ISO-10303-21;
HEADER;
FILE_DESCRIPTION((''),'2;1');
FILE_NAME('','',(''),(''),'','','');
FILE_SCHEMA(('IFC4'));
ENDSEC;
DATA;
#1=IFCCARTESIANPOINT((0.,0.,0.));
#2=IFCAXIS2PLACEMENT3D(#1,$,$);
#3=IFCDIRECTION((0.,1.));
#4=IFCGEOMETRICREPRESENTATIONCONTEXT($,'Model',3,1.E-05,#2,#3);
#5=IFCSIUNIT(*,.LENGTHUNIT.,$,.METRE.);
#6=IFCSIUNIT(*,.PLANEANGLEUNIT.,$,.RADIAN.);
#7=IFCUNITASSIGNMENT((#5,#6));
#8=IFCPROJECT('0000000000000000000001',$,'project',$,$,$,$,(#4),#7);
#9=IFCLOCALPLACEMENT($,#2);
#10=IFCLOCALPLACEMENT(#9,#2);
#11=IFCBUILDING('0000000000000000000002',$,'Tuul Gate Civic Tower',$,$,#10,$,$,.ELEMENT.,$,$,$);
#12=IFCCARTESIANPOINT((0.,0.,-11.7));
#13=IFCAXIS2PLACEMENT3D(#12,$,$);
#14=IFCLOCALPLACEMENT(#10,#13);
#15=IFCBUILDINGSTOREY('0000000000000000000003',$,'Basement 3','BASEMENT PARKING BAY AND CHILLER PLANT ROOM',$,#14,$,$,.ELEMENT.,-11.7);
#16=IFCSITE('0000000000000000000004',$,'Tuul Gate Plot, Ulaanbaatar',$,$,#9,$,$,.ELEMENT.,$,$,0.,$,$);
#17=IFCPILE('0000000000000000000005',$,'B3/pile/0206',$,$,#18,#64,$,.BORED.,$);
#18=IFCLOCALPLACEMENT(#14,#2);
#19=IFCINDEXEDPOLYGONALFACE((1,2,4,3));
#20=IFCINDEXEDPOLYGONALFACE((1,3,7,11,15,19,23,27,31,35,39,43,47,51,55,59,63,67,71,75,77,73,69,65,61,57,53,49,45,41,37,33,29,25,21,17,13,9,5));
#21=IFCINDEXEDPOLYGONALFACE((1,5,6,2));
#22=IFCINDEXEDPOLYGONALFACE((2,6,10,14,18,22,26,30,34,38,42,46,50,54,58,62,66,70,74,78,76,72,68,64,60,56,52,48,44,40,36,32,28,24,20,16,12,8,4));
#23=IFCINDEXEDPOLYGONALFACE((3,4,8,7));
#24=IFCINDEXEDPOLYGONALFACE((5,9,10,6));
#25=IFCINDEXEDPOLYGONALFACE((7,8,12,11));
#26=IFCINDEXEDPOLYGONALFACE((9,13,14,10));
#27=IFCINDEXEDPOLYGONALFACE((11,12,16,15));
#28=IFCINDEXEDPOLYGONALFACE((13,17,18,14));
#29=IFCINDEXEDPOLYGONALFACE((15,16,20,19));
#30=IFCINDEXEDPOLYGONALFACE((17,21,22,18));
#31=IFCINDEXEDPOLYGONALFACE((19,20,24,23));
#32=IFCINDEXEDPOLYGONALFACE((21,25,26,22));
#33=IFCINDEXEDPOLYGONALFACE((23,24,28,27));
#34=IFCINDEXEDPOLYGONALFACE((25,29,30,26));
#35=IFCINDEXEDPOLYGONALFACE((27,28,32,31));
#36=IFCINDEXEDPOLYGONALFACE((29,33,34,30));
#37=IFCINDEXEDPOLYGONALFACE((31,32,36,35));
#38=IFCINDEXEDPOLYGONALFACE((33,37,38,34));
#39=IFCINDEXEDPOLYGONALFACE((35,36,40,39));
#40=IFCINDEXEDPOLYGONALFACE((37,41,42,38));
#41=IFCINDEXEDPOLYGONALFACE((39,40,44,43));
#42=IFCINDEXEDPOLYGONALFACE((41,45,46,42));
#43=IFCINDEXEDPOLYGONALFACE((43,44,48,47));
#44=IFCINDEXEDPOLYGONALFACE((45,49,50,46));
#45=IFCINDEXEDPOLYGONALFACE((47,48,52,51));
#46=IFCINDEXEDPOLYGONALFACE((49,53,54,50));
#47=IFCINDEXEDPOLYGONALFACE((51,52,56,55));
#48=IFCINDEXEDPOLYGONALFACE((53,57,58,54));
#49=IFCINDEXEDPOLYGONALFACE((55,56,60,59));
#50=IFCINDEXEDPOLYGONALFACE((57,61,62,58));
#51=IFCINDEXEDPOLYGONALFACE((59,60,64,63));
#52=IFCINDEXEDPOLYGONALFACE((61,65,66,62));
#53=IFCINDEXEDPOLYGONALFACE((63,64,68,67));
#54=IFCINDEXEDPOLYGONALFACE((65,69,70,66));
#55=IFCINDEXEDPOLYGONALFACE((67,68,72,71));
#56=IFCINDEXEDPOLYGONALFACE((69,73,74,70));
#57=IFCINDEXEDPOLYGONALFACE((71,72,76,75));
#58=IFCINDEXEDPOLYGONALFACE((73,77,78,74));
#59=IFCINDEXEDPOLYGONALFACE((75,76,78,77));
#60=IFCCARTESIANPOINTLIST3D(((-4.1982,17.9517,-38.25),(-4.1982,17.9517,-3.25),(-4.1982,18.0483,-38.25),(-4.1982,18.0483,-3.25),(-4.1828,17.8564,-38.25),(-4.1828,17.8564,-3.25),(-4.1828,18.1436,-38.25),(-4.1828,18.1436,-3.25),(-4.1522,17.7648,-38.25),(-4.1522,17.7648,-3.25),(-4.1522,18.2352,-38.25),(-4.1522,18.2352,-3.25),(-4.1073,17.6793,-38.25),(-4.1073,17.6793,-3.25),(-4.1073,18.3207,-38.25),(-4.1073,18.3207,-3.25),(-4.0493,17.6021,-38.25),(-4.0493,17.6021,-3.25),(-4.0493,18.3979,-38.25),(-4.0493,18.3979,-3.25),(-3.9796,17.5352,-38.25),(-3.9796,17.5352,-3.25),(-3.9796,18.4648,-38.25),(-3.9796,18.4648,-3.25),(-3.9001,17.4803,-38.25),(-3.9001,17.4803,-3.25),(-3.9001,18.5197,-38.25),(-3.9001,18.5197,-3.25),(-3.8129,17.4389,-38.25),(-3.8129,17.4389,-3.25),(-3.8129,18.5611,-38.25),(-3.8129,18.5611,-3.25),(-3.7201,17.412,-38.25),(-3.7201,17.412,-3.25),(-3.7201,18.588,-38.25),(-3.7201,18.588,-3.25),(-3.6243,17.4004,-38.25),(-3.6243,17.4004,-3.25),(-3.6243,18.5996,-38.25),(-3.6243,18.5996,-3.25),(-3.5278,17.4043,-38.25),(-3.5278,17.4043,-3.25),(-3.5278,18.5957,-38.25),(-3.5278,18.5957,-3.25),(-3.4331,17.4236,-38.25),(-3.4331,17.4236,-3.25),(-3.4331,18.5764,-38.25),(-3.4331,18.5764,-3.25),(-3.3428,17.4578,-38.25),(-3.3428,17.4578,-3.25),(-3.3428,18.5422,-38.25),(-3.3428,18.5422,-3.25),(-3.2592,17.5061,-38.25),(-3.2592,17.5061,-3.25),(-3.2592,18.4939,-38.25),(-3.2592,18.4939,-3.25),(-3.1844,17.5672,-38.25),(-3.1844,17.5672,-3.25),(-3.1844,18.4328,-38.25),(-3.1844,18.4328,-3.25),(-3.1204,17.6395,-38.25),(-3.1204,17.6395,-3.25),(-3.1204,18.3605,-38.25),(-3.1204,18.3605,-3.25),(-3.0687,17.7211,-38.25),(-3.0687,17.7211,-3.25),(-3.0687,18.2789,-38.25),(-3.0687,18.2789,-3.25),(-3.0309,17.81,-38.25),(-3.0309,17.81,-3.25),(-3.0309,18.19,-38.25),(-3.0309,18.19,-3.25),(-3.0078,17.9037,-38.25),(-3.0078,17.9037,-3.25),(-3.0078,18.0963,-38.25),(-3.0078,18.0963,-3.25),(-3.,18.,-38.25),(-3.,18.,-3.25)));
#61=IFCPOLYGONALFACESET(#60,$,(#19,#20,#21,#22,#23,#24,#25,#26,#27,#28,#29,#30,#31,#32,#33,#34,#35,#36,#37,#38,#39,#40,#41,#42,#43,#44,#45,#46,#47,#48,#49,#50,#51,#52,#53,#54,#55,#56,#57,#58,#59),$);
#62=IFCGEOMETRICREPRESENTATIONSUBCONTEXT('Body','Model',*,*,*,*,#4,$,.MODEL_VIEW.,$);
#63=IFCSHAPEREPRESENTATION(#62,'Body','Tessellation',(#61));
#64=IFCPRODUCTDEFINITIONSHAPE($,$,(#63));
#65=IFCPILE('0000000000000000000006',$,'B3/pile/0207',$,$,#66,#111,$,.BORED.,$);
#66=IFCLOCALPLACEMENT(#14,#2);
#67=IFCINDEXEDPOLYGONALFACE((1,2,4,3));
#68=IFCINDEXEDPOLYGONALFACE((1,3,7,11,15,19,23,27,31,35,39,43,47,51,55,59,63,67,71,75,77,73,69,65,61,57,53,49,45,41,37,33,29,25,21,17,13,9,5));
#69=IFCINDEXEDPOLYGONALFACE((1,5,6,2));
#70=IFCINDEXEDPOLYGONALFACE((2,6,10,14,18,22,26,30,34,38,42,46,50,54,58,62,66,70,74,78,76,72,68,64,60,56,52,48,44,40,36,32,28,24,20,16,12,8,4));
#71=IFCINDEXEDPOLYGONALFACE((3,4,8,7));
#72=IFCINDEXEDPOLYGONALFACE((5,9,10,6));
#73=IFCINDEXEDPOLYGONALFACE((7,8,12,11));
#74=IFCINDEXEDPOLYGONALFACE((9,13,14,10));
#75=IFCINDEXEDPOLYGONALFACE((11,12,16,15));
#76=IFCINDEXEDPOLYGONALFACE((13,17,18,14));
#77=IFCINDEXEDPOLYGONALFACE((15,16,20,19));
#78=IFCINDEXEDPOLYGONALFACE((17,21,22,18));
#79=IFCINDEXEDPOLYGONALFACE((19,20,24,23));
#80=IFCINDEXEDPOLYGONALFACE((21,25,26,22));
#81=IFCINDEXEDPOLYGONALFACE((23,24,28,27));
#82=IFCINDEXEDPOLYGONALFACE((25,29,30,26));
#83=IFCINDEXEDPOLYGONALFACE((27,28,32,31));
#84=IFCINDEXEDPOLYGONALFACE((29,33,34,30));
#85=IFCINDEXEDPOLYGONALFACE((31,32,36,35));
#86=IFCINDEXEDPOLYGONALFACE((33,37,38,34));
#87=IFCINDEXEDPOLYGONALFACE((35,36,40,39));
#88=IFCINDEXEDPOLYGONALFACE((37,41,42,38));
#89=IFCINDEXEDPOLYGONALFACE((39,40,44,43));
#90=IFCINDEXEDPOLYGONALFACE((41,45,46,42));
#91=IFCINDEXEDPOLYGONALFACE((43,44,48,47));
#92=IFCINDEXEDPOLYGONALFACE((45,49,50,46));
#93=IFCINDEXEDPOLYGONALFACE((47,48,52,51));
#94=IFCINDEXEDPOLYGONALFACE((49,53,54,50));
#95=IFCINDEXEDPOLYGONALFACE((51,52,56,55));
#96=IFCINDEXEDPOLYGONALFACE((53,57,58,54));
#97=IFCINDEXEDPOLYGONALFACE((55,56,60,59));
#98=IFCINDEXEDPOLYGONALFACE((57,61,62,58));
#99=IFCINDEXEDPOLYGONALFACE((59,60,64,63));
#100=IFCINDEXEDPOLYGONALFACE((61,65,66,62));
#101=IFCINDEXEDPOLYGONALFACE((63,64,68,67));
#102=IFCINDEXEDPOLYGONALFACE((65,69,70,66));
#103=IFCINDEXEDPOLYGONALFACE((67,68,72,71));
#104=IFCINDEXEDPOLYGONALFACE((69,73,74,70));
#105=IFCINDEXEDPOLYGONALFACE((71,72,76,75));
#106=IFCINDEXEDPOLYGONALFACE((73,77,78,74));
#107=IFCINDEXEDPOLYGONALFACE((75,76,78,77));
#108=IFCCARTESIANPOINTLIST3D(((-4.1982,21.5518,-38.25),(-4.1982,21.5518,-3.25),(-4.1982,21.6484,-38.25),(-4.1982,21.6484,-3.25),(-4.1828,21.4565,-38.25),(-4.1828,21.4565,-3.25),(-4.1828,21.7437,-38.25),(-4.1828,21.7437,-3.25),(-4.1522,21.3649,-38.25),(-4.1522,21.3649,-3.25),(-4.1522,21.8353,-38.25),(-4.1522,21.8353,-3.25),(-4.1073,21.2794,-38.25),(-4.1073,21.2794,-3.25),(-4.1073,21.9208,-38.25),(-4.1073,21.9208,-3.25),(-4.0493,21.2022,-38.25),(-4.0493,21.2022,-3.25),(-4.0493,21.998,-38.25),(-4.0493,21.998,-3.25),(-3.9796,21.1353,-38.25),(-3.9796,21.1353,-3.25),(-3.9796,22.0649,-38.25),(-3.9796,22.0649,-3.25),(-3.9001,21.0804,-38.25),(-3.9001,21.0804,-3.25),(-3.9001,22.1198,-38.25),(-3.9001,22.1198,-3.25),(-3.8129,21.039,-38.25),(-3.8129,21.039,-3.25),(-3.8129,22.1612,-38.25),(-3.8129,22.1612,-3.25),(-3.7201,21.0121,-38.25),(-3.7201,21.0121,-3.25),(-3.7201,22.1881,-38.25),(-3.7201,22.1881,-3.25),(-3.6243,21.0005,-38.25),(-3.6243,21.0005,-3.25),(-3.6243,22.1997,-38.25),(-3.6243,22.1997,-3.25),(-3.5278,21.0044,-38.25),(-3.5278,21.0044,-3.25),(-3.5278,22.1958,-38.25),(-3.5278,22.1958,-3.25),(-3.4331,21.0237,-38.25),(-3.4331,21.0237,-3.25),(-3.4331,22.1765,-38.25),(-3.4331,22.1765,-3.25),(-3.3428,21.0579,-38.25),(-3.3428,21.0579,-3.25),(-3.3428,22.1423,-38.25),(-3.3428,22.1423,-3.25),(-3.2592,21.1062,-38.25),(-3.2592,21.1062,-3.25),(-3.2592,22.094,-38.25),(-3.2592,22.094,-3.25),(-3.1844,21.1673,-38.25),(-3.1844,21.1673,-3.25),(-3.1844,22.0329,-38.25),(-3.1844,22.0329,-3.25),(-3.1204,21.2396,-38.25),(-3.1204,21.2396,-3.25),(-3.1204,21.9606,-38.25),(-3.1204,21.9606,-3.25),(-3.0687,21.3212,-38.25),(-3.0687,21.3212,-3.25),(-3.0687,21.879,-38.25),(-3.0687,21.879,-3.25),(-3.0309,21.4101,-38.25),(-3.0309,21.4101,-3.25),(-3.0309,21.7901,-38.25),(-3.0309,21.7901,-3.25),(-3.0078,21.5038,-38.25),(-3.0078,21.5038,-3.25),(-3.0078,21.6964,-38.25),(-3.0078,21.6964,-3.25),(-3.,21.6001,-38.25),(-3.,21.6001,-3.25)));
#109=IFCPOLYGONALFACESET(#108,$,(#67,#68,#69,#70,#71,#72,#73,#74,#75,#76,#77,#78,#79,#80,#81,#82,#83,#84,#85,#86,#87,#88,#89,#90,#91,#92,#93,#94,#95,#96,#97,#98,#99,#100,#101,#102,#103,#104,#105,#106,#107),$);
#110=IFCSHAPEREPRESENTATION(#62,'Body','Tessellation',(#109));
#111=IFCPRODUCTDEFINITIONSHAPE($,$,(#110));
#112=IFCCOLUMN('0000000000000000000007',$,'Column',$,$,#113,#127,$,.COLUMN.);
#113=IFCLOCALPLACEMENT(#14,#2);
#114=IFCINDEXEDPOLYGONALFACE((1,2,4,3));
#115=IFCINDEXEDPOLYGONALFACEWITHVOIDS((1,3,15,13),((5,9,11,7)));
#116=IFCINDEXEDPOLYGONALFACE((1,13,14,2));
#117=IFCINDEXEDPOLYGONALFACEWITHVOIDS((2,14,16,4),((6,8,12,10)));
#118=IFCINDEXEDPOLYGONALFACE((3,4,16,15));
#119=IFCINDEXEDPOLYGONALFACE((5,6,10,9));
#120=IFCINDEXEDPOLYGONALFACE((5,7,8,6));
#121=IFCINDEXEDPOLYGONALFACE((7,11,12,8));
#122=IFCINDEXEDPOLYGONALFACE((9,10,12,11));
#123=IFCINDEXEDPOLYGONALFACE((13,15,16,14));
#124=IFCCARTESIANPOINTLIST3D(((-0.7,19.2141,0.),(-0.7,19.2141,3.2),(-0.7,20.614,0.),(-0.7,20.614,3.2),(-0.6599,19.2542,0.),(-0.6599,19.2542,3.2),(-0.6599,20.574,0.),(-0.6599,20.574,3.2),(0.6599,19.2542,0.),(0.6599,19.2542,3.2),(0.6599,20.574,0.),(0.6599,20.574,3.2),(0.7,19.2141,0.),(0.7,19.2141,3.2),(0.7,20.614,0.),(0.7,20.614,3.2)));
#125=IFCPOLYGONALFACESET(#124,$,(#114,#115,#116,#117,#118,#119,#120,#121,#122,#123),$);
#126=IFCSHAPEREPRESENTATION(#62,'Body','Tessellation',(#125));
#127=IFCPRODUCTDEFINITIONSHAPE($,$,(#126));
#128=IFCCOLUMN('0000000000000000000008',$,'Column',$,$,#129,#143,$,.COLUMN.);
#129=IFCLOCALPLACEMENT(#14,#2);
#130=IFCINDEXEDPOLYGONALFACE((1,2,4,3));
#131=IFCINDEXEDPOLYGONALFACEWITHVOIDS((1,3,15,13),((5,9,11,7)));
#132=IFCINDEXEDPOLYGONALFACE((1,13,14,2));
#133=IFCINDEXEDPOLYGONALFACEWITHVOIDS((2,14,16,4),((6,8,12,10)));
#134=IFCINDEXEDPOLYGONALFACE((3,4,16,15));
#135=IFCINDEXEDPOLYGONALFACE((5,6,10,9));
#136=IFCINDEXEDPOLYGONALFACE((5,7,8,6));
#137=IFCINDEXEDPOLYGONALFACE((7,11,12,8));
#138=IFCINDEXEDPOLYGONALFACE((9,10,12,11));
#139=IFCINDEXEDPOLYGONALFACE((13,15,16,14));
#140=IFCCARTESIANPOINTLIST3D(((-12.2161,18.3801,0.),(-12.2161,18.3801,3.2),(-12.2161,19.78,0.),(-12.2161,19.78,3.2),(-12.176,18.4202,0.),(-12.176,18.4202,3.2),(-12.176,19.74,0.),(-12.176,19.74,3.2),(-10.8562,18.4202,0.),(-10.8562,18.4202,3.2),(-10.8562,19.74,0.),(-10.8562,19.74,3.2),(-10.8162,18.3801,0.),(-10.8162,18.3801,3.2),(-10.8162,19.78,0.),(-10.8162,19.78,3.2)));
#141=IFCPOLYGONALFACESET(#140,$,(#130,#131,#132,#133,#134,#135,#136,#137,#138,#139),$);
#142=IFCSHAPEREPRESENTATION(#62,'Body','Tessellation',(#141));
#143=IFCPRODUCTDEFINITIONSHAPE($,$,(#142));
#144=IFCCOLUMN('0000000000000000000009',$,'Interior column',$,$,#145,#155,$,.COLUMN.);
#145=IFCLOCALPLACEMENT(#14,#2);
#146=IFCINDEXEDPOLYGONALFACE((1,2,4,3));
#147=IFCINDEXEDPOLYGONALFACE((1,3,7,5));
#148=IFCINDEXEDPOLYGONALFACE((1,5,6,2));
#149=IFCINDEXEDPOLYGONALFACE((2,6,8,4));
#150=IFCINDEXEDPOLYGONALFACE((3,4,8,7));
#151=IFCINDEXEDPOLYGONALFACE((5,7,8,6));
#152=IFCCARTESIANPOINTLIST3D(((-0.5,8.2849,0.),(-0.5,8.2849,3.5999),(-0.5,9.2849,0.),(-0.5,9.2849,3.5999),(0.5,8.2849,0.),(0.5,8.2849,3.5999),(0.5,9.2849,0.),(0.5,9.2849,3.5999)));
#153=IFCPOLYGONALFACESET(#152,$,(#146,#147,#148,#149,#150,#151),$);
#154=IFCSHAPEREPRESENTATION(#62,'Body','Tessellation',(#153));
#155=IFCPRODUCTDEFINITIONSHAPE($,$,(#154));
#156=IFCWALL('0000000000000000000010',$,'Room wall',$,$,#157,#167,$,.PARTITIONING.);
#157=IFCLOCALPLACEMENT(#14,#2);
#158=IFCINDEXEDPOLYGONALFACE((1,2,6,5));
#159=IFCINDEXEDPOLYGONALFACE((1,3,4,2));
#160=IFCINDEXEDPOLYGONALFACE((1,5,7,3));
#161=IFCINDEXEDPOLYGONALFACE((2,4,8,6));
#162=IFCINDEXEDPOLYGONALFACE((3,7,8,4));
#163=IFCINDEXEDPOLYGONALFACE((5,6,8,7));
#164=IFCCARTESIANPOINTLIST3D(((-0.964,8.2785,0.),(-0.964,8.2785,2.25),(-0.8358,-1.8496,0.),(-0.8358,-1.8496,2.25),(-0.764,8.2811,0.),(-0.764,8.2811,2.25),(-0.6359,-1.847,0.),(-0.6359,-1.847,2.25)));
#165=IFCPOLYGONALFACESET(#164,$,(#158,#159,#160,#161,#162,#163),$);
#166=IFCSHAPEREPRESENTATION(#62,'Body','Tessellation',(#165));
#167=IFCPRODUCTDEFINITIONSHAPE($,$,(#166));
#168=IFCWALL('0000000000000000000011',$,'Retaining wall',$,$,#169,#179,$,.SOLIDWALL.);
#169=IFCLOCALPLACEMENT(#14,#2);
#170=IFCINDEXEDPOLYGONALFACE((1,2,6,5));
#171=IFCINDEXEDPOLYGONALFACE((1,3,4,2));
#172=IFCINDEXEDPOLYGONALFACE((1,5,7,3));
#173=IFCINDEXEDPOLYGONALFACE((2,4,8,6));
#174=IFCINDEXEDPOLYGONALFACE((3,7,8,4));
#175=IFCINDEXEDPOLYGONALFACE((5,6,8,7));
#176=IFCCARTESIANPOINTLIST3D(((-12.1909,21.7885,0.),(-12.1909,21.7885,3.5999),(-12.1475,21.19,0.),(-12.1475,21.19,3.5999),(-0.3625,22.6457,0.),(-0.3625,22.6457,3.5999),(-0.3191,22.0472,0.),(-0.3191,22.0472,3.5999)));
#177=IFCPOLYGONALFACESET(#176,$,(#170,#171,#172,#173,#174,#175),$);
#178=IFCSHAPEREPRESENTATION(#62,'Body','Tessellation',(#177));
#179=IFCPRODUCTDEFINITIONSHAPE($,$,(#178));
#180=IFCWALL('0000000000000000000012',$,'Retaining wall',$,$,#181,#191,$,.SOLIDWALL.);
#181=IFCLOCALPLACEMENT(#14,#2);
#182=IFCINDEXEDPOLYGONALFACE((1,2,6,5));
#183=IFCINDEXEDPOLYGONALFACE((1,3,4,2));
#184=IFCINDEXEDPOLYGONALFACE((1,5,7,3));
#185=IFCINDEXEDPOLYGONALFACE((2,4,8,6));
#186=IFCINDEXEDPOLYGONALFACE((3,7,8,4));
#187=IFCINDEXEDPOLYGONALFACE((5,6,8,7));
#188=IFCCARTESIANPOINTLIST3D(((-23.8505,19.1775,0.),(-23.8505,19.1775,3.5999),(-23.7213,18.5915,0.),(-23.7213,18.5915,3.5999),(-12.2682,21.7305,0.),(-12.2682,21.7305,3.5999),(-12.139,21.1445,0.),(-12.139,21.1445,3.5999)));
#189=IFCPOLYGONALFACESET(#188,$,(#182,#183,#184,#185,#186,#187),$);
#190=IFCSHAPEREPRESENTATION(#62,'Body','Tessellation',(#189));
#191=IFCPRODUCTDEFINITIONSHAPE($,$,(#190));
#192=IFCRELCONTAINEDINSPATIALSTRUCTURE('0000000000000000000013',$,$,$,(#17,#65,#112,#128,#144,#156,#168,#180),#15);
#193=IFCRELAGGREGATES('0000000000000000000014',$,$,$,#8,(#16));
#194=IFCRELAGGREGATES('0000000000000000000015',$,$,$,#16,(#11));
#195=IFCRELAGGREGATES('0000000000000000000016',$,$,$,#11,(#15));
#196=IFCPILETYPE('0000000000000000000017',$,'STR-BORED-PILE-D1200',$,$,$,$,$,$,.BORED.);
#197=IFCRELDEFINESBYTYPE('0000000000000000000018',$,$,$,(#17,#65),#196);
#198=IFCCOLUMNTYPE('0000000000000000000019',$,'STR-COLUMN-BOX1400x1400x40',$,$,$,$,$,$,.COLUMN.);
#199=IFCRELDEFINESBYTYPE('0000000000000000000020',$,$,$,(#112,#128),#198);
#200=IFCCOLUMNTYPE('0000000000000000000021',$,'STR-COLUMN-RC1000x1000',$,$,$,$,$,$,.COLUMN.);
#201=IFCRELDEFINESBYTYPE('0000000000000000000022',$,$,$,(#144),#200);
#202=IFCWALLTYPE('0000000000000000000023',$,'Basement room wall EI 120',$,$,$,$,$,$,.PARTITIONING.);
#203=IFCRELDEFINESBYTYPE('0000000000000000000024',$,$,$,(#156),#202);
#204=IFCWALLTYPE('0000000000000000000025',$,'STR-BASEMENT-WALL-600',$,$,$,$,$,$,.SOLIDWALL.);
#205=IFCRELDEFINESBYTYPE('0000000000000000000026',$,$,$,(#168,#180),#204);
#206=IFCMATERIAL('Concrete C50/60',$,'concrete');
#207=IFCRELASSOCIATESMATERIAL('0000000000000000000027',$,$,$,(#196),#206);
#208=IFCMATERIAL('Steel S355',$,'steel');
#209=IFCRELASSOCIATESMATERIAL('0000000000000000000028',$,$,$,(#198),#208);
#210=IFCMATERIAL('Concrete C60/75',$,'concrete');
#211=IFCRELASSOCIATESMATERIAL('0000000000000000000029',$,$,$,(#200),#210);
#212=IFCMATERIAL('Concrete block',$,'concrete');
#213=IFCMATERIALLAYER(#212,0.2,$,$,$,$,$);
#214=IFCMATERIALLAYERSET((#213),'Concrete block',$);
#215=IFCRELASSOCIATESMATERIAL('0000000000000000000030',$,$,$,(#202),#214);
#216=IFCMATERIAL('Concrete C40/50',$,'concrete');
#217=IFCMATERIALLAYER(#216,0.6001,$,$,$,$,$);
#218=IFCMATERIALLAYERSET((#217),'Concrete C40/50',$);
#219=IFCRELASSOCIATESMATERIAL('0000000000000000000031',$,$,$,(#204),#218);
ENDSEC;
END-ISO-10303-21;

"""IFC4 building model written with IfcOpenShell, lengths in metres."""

from ifc_helpers import new_model, si_unit, direction, frame, frame_2d, origin, origin_2d, place, context, subcontext, project, spatial, rectangle, hollow_rectangle, circle, extrude, material, layer, layer_set, material_profile, profile_set, type_object, element, save


model = new_model("IFC4")

# Units and contexts
model_context = context("Model", 3, precision=1e-05, world=origin(), true_north=direction((0.0, 1.0)))
body_context = subcontext(model_context, "Body", "Model", "MODEL_VIEW")
ifc_project = project(units=[si_unit("LENGTHUNIT", "METRE"), si_unit("PLANEANGLEUNIT", "RADIAN")], contexts=[model_context])

# Site, building, storey
site_placement = place(None, origin())
site = spatial("IfcSite", under=ifc_project, at=site_placement, Name="Tuul Gate Plot, Ulaanbaatar", CompositionType="ELEMENT", RefElevation=0.0)
building_placement = place(site_placement, origin())
building = spatial("IfcBuilding", under=site, at=building_placement, Name="Tuul Gate Civic Tower", CompositionType="ELEMENT")
storey_placement = place(building_placement, frame((0.0, 0.0, -11.7)))
storey = spatial("IfcBuildingStorey", under=building, at=storey_placement, Name="Basement 3", Description="BASEMENT PARKING BAY AND CHILLER PLANT ROOM", CompositionType="ELEMENT", Elevation=-11.7)

# Piles
ifc_material_1 = material(Name="Concrete C50/60", Category="concrete")
ifc_material_profile_1 = material_profile(ifc_material_1, circle(Radius=0.6001, at=origin_2d()), Name="PILE1200")
ifc_profile_set_1 = profile_set([ifc_material_profile_1], Name="Concrete C50/60")
pile_type = type_object("IfcPileType", Name="STR-BORED-PILE-D1200", PredefinedType="BORED", material=ifc_profile_set_1)
for number, where, z_axis, x_axis, name in (
    (1, (-3.6001, 18.0, -3.25), (0.0, 0.0, -1.0), (1.0, 0.0, 0.0), "B3/pile/0206"),
    (2, (-3.6001, 21.6001, -3.25), (0.0, 0.0, -1.0), (1.0, 0.0, 0.0), "B3/pile/0207"),
):
    element("IfcPile", number, at=place(storey_placement, frame(where, z_axis=z_axis, x_axis=x_axis)), inside=storey, type_object=pile_type, Name=name, PredefinedType="BORED", context=body_context, shape_type="SweptSolid", body=[
        extrude(circle(Radius=0.6001, at=origin_2d()), origin(), (0.0, 0.0, 1.0), 35.0),
    ])

# Columns
ifc_material_2 = material(Name="Steel S355", Category="steel")
ifc_material_profile_2 = material_profile(ifc_material_2, hollow_rectangle(XDim=1.3999, YDim=1.3999, WallThickness=0.04, at=origin_2d()), Name="BOX1400x1400x40")
ifc_profile_set_2 = profile_set([ifc_material_profile_2], Name="Steel S355")
column_type_1 = type_object("IfcColumnType", Name="STR-COLUMN-BOX1400x1400x40", PredefinedType="COLUMN", material=ifc_profile_set_2)
for number, where, z_axis, x_axis, name in (
    (3, (0.0, 19.9141, 0.0), (0.0, 0.0, 1.0), (1.0, 0.0, 0.0), "Column"),
    (4, (-11.5161, 19.0801, 0.0), (0.0, 0.0, 1.0), (1.0, 0.0, 0.0), "Column"),
):
    element("IfcColumn", number, at=place(storey_placement, frame(where, z_axis=z_axis, x_axis=x_axis)), inside=storey, type_object=column_type_1, Name=name, PredefinedType="COLUMN", context=body_context, shape_type="SweptSolid", body=[
        extrude(hollow_rectangle(XDim=1.3999, YDim=1.3999, WallThickness=0.04, at=origin_2d()), origin(), (0.0, 0.0, 1.0), 3.2),
    ])
ifc_material_3 = material(Name="Concrete C60/75", Category="concrete")
ifc_material_profile_3 = material_profile(ifc_material_3, rectangle(XDim=1.0, YDim=1.0, at=origin_2d()), Name="RC1000x1000")
ifc_profile_set_3 = profile_set([ifc_material_profile_3], Name="Concrete C60/75")
column_type_2 = type_object("IfcColumnType", Name="STR-COLUMN-RC1000x1000", PredefinedType="COLUMN", material=ifc_profile_set_3)
column_placement = place(storey_placement, frame((0.0, 8.7849, 0.0), z_axis=(0.0, 0.0, 1.0), x_axis=(1.0, 0.0, 0.0)))
element("IfcColumn", 5, at=column_placement, inside=storey, type_object=column_type_2, Name="Interior column", PredefinedType="COLUMN", context=body_context, shape_type="SweptSolid", body=[
    extrude(rectangle(XDim=1.0, YDim=1.0, at=origin_2d()), origin(), (0.0, 0.0, 1.0), 3.5999),
])

# Walls
ifc_material_4 = material(Name="Concrete block", Category="concrete")
ifc_layer_1 = layer(ifc_material_4, 0.2)
ifc_layer_set_1 = layer_set([ifc_layer_1], Name="Concrete block")
wall_type_1 = type_object("IfcWallType", Name="Basement room wall EI 120", PredefinedType="PARTITIONING", material=ifc_layer_set_1)
wall_1_placement = place(storey_placement, frame((-0.864, 8.2798, 0.0), z_axis=(0.0, 0.0, 1.0), x_axis=(0.012654, -0.99992, 0.0)))
element("IfcWall", 6, at=wall_1_placement, inside=storey, type_object=wall_type_1, Name="Room wall", PredefinedType="PARTITIONING", context=body_context, shape_type="SweptSolid", body=[
    extrude(rectangle(XDim=10.1289, YDim=0.2, at=frame_2d((5.0645, 0.0))), origin(), (0.0, 0.0, 1.0), 2.25),
])
ifc_material_5 = material(Name="Concrete C40/50", Category="concrete")
ifc_layer_2 = layer(ifc_material_5, 0.6001)
ifc_layer_set_2 = layer_set([ifc_layer_2], Name="Concrete C40/50")
wall_type_2 = type_object("IfcWallType", Name="STR-BASEMENT-WALL-600", PredefinedType="SOLIDWALL", material=ifc_layer_set_2)
wall_2_placement = place(storey_placement, frame((-0.3408, 22.3464, 0.0), z_axis=(0.0, 0.0, 1.0), x_axis=(-0.997384, -0.072278, 0.0)))
element("IfcWall", 7, at=wall_2_placement, inside=storey, type_object=wall_type_2, Name="Retaining wall", PredefinedType="SOLIDWALL", context=body_context, shape_type="SweptSolid", body=[
    extrude(rectangle(XDim=11.8594, YDim=0.6001, at=frame_2d((5.9297, 0.0))), origin(), (0.0, 0.0, 1.0), 3.5999),
])
wall_3_placement = place(storey_placement, frame((-12.2036, 21.4375, 0.0), z_axis=(0.0, 0.0, 1.0), x_axis=(-0.976558, -0.215254, 0.0)))
element("IfcWall", 8, at=wall_3_placement, inside=storey, type_object=wall_type_2, Name="Retaining wall", PredefinedType="SOLIDWALL", context=body_context, shape_type="SweptSolid", body=[
    extrude(rectangle(XDim=11.8604, YDim=0.6001, at=frame_2d((5.9302, 0.0))), origin(), (0.0, 0.0, 1.0), 3.5999),
])

save(model, "model.ifc")
